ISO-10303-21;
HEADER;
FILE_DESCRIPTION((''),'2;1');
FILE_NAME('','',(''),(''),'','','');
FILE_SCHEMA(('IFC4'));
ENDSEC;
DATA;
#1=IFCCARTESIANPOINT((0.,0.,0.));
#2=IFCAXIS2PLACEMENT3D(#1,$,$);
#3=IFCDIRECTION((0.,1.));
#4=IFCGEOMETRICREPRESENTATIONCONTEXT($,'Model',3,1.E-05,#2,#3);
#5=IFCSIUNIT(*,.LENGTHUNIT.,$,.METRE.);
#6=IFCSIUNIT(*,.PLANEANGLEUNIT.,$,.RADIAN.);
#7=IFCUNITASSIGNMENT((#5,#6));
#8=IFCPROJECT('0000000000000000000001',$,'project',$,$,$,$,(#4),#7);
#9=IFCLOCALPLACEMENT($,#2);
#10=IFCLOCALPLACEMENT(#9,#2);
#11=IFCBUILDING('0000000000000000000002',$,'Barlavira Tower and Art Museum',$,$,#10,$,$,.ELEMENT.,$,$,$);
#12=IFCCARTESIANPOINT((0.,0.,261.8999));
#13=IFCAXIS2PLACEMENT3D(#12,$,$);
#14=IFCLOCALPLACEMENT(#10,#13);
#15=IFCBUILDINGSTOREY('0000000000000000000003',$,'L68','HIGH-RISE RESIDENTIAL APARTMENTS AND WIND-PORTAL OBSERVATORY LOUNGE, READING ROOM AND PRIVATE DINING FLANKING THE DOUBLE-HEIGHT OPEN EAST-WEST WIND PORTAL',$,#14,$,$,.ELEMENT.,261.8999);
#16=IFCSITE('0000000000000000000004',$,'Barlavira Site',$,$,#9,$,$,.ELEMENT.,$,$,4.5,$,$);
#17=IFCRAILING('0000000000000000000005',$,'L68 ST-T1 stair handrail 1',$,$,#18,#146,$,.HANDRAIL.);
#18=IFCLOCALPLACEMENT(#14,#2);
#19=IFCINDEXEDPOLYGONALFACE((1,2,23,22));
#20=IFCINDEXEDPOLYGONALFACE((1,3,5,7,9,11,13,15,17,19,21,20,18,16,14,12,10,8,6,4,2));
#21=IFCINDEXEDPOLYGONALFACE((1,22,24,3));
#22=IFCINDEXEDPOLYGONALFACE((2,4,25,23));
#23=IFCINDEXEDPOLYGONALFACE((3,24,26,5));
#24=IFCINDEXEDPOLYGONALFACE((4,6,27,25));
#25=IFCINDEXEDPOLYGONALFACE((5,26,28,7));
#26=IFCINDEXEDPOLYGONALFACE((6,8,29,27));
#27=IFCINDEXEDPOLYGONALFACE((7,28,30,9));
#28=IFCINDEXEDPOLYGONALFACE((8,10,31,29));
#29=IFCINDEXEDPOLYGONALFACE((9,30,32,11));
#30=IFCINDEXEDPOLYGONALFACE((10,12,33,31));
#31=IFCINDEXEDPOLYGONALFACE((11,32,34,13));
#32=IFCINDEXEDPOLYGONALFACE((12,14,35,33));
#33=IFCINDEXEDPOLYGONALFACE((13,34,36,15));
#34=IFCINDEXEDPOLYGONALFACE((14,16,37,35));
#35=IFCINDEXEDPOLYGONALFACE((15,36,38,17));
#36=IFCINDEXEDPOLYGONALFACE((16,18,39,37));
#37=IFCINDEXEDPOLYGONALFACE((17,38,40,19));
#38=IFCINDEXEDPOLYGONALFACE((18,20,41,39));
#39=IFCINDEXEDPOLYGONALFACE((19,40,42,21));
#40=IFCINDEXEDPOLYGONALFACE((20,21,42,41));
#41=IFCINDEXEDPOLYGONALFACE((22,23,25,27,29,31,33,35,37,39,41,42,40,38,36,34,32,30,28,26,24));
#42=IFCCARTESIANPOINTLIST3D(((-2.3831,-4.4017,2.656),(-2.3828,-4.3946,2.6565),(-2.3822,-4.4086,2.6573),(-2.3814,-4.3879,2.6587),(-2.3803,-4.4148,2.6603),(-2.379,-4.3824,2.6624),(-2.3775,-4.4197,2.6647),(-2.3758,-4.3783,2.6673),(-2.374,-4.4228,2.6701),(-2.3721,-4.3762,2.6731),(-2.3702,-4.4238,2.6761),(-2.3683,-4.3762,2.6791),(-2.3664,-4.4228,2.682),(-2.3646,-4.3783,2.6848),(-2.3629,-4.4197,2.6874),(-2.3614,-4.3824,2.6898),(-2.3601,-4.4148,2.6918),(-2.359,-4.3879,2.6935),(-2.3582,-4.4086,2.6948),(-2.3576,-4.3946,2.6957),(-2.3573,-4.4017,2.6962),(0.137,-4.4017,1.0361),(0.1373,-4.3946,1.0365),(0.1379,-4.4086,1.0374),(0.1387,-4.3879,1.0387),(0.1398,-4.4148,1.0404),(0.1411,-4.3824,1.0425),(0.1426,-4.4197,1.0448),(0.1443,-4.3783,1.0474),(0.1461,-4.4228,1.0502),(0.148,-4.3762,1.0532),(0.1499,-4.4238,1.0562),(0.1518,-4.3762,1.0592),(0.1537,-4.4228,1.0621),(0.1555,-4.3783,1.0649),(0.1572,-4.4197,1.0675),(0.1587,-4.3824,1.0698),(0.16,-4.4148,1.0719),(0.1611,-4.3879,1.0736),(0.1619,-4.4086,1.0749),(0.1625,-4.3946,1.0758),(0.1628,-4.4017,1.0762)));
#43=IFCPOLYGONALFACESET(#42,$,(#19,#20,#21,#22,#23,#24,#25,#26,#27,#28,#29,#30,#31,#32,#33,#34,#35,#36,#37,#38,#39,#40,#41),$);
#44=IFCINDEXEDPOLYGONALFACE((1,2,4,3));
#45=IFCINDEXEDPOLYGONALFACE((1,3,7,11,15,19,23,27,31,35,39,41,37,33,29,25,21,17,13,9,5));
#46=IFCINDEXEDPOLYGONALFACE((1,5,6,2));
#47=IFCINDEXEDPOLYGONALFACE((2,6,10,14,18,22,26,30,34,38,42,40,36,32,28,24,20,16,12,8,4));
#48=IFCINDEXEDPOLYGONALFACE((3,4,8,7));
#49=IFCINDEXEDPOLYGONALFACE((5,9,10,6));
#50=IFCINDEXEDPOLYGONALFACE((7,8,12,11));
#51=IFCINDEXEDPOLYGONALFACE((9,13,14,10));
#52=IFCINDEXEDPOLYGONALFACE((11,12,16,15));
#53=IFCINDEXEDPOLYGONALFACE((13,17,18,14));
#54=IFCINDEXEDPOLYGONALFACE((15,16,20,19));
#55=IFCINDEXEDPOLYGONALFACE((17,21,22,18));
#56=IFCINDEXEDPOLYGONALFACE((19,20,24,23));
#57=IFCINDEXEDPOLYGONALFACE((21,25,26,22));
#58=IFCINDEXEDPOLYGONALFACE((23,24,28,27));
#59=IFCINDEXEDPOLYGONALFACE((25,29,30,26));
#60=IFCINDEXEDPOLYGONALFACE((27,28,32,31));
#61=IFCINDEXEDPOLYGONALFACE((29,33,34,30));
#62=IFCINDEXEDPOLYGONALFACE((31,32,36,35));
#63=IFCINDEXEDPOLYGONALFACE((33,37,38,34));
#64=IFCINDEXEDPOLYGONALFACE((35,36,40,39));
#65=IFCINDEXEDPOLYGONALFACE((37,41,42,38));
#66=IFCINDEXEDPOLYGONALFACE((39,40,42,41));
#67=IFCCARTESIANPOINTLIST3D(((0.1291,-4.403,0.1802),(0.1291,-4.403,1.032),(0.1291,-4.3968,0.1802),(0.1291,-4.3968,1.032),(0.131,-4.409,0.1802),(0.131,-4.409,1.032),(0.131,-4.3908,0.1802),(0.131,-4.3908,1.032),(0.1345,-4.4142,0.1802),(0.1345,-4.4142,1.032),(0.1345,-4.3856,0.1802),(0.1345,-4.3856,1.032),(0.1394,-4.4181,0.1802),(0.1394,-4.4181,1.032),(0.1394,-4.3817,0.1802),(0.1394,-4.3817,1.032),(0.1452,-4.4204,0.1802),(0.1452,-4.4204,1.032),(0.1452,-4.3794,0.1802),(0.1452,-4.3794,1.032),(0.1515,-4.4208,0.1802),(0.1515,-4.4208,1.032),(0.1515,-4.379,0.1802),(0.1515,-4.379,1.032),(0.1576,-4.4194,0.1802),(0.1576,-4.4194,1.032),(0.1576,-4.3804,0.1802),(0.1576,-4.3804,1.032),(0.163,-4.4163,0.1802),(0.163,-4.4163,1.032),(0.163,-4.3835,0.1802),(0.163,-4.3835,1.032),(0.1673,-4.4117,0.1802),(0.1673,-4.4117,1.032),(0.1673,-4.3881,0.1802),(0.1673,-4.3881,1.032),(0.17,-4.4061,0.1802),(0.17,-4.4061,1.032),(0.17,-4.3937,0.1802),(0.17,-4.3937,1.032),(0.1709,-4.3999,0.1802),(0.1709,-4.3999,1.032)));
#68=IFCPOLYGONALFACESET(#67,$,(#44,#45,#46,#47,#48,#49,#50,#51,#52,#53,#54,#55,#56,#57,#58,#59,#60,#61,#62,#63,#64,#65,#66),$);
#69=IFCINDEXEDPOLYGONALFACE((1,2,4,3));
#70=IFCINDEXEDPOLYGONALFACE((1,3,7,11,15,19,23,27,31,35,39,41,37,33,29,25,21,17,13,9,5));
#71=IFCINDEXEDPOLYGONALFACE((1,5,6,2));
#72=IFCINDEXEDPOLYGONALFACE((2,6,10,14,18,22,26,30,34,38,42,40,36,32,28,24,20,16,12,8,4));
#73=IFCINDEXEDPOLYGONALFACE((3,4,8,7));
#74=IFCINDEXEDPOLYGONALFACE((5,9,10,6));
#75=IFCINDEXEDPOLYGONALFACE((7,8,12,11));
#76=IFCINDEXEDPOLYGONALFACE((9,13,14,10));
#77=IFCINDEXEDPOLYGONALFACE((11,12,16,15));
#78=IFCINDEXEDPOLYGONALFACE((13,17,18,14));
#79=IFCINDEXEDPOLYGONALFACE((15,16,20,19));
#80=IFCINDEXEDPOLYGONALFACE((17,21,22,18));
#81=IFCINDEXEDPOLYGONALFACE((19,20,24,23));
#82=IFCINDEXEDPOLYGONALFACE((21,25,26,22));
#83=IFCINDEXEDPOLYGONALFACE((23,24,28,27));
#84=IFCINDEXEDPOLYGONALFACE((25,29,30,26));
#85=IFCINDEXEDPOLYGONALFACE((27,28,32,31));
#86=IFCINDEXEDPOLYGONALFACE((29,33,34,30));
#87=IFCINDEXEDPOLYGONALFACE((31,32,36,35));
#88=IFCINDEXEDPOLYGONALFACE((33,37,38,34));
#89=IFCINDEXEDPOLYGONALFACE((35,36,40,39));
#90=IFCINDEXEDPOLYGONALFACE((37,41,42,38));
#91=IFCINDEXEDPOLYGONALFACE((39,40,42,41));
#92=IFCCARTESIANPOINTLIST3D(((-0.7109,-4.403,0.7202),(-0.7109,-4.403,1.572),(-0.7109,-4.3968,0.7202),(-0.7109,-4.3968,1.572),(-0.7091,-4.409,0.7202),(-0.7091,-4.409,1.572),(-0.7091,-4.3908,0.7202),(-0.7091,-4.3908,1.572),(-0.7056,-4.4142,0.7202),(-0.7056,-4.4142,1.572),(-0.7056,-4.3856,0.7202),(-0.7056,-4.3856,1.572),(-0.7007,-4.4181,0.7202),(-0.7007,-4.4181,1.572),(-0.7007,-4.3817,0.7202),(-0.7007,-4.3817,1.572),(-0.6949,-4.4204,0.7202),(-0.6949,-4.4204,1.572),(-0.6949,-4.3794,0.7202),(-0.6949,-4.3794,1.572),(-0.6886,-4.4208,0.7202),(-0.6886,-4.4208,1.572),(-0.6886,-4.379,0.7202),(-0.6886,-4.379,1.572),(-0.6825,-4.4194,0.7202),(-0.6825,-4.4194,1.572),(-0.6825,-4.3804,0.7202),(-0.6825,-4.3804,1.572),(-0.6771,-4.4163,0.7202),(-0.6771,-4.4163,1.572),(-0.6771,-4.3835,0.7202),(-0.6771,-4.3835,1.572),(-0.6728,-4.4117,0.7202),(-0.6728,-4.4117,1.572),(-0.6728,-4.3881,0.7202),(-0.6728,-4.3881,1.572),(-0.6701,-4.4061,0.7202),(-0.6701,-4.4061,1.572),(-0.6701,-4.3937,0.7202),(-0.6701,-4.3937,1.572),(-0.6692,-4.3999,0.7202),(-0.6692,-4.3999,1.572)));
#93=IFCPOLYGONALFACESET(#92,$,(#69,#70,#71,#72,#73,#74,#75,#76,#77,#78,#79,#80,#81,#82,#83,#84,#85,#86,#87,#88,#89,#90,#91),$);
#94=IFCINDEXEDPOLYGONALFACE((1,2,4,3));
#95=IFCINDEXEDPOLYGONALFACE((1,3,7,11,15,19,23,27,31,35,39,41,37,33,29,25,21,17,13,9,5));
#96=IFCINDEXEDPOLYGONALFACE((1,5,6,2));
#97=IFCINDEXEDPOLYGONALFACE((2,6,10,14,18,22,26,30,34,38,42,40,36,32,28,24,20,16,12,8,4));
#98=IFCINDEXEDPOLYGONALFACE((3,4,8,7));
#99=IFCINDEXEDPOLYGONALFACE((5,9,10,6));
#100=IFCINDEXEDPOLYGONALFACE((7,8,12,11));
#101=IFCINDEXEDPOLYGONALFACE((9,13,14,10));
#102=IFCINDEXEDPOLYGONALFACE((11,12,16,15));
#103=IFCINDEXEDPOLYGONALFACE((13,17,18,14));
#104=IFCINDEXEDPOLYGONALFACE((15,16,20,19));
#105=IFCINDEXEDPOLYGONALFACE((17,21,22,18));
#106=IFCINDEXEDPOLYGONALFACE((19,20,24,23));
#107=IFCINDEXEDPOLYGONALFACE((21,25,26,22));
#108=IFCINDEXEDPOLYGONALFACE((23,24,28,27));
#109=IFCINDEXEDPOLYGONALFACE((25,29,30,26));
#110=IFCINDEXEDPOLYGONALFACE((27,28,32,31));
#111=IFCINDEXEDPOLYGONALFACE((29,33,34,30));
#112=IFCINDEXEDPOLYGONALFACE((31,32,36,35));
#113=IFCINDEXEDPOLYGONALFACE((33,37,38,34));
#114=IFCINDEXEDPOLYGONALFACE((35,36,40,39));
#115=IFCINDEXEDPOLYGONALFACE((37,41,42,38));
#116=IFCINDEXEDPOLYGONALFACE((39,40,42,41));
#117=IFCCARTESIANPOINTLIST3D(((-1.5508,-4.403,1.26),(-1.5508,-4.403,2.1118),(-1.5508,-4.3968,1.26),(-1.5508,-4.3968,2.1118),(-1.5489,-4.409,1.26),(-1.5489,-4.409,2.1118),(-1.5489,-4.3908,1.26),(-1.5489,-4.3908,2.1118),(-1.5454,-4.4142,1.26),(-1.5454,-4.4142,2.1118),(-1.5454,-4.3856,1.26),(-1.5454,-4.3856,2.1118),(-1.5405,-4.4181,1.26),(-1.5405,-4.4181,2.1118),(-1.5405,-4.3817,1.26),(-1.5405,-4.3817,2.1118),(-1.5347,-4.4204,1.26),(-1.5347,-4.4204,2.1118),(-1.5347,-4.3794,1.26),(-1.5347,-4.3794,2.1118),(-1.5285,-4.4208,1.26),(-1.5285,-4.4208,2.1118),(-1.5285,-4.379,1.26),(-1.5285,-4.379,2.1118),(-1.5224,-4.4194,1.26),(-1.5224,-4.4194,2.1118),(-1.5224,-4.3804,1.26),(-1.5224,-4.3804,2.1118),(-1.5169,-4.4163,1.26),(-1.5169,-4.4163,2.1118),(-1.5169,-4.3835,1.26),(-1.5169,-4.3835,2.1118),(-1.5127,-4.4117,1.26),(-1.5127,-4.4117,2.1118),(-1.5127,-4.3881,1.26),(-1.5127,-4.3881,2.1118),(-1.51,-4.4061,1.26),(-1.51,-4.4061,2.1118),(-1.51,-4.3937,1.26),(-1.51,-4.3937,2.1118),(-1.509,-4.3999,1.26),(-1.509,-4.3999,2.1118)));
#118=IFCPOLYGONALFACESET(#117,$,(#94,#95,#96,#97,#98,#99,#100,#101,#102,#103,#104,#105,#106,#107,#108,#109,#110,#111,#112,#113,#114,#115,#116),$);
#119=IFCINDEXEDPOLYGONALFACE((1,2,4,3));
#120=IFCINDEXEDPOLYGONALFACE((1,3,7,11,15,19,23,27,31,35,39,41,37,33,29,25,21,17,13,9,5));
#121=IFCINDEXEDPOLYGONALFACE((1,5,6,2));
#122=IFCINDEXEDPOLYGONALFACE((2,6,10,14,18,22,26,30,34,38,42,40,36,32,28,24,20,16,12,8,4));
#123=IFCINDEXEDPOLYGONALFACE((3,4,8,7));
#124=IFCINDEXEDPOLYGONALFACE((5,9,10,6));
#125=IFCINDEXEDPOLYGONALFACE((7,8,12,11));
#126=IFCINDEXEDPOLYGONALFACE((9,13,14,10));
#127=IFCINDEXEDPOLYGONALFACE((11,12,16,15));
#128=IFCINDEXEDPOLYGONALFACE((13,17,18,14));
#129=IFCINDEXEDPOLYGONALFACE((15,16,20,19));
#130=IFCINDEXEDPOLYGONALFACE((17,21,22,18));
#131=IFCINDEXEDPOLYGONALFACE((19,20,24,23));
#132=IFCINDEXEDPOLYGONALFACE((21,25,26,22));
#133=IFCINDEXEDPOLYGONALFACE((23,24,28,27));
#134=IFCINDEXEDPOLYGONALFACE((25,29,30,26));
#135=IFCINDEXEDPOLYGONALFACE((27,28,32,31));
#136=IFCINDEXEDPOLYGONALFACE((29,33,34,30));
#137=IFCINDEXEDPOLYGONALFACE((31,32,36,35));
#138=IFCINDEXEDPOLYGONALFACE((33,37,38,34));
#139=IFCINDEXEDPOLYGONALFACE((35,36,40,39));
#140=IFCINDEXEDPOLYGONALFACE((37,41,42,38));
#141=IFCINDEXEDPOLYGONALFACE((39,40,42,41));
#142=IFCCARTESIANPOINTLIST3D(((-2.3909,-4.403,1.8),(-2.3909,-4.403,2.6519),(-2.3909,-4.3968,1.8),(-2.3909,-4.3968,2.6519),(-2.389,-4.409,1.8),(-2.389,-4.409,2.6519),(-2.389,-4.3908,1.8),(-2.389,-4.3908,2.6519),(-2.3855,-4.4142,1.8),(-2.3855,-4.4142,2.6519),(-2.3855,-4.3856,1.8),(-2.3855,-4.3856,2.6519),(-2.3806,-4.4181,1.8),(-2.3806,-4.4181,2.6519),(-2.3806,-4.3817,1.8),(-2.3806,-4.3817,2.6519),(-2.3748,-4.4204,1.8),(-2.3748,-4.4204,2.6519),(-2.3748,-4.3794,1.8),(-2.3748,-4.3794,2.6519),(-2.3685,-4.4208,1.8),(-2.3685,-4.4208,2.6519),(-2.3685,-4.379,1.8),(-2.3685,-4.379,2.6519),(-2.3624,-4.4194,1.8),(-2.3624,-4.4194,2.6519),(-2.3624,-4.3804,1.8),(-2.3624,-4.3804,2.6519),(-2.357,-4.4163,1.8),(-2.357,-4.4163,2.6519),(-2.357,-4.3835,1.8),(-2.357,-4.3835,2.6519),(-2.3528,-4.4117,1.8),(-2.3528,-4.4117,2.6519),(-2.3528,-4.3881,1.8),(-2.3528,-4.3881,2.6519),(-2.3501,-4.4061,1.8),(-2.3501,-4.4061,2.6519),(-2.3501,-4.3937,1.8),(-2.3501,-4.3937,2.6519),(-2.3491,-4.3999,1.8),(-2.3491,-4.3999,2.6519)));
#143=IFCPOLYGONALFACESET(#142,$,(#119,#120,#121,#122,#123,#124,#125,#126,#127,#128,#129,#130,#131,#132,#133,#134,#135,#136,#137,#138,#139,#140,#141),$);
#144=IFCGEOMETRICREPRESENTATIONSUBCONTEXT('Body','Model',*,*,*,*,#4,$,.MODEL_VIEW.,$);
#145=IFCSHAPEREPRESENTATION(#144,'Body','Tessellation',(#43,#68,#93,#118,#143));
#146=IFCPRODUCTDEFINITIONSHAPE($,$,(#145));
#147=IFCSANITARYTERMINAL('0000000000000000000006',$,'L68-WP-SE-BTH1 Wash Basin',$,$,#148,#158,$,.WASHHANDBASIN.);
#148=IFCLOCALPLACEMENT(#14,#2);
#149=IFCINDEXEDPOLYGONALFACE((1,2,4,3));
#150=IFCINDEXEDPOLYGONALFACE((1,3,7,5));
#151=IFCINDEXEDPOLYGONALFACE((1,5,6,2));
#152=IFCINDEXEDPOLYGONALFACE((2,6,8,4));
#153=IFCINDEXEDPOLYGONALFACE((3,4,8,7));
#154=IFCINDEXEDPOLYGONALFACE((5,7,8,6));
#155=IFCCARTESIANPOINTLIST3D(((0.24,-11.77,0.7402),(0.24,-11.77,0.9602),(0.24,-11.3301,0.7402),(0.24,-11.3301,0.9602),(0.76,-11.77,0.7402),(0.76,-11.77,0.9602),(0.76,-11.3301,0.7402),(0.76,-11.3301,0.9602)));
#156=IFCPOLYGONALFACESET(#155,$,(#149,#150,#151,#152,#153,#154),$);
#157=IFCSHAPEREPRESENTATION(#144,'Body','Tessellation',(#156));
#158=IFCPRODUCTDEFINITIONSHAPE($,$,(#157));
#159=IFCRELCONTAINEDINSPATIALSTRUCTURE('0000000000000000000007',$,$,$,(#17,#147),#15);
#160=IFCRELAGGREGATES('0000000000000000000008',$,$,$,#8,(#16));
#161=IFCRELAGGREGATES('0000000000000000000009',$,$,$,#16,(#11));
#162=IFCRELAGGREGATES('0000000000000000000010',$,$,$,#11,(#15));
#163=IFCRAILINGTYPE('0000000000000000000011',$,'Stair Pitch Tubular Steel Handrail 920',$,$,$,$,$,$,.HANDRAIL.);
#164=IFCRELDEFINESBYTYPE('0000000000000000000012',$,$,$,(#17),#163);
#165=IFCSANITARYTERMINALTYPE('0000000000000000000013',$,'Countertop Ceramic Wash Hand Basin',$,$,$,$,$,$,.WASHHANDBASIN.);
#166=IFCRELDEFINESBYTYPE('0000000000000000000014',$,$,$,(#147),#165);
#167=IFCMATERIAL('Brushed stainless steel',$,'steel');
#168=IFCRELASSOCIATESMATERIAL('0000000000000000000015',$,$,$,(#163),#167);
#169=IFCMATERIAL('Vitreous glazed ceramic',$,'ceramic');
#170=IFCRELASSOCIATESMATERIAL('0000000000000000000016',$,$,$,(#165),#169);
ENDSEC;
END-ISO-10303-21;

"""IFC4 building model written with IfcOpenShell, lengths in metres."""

from ifc_helpers import new_model, si_unit, direction, frame, origin, origin_2d, place, context, subcontext, project, spatial, rectangle, circle, extrude, material, type_object, element, save


model = new_model("IFC4")

# Units and contexts
model_context = context("Model", 3, precision=1e-05, world=origin(), true_north=direction((0.0, 1.0)))
body_context = subcontext(model_context, "Body", "Model", "MODEL_VIEW")
ifc_project = project(units=[si_unit("LENGTHUNIT", "METRE"), si_unit("PLANEANGLEUNIT", "RADIAN")], contexts=[model_context])

# Site, building, storey
site_placement = place(None, origin())
site = spatial("IfcSite", under=ifc_project, at=site_placement, Name="Barlavira Site", CompositionType="ELEMENT", RefElevation=4.5)
building_placement = place(site_placement, origin())
building = spatial("IfcBuilding", under=site, at=building_placement, Name="Barlavira Tower and Art Museum", CompositionType="ELEMENT")
storey_placement = place(building_placement, frame((0.0, 0.0, 261.8999)))
storey = spatial("IfcBuildingStorey", under=building, at=storey_placement, Name="L68", Description="HIGH-RISE RESIDENTIAL APARTMENTS AND WIND-PORTAL OBSERVATORY LOUNGE, READING ROOM AND PRIVATE DINING FLANKING THE DOUBLE-HEIGHT OPEN EAST-WEST WIND PORTAL", CompositionType="ELEMENT", Elevation=261.8999)

# Shared definitions
ifc_material_1 = material(Name="Brushed stainless steel", Category="steel")

# Railing
railing_type_1 = type_object("IfcRailingType", Name="Stair Pitch Tubular Steel Handrail 920", PredefinedType="HANDRAIL", material=ifc_material_1)
railing_1_placement = place(storey_placement, frame((0.1499, -4.3999, 0.1802)))
element("IfcRailing", 1, at=railing_1_placement, inside=storey, type_object=railing_type_1, Name="L68 ST-T1 stair handrail 1", PredefinedType="HANDRAIL", context=body_context, shape_type="SweptSolid", body=[
    extrude(circle(Radius=0.0239, at=origin_2d()), frame((0.0, 0.0, 0.876), z_axis=(-0.8412, 0.0, 0.540725), x_axis=(0.0, -1.0, 0.0)), (0.0, 0.0, 1.0), 2.9958),
    extrude(circle(Radius=0.021, at=origin_2d()), origin(), (0.0, 0.0, 1.0), 0.8518),
    extrude(circle(Radius=0.021, at=origin_2d()), frame((-0.8401, 0.0, 0.54)), (0.0, 0.0, 1.0), 0.8518),
    extrude(circle(Radius=0.021, at=origin_2d()), frame((-1.6799, 0.0, 1.0798)), (0.0, 0.0, 1.0), 0.8518),
    extrude(circle(Radius=0.021, at=origin_2d()), frame((-2.52, 0.0, 1.6199)), (0.0, 0.0, 1.0), 0.8518),
])

# Sanitary terminal
ifc_material_2 = material(Name="Vitreous glazed ceramic", Category="ceramic")
sanitary_terminal_type = type_object("IfcSanitaryTerminalType", Name="Countertop Ceramic Wash Hand Basin", PredefinedType="WASHHANDBASIN", material=ifc_material_2)
sanitary_terminal_placement = place(storey_placement, frame((0.5, -11.55, 0.7402), z_axis=(0.0, 0.0, 1.0), x_axis=(1.0, 0.0, 0.0)))
element("IfcSanitaryTerminal", 2, at=sanitary_terminal_placement, inside=storey, type_object=sanitary_terminal_type, Name="L68-WP-SE-BTH1 Wash Basin", PredefinedType="WASHHANDBASIN", context=body_context, shape_type="SweptSolid", body=[
    extrude(rectangle(XDim=0.52, YDim=0.4399, at=origin_2d()), origin(), (0.0, 0.0, 1.0), 0.22),
])

save(model, "model.ifc")
